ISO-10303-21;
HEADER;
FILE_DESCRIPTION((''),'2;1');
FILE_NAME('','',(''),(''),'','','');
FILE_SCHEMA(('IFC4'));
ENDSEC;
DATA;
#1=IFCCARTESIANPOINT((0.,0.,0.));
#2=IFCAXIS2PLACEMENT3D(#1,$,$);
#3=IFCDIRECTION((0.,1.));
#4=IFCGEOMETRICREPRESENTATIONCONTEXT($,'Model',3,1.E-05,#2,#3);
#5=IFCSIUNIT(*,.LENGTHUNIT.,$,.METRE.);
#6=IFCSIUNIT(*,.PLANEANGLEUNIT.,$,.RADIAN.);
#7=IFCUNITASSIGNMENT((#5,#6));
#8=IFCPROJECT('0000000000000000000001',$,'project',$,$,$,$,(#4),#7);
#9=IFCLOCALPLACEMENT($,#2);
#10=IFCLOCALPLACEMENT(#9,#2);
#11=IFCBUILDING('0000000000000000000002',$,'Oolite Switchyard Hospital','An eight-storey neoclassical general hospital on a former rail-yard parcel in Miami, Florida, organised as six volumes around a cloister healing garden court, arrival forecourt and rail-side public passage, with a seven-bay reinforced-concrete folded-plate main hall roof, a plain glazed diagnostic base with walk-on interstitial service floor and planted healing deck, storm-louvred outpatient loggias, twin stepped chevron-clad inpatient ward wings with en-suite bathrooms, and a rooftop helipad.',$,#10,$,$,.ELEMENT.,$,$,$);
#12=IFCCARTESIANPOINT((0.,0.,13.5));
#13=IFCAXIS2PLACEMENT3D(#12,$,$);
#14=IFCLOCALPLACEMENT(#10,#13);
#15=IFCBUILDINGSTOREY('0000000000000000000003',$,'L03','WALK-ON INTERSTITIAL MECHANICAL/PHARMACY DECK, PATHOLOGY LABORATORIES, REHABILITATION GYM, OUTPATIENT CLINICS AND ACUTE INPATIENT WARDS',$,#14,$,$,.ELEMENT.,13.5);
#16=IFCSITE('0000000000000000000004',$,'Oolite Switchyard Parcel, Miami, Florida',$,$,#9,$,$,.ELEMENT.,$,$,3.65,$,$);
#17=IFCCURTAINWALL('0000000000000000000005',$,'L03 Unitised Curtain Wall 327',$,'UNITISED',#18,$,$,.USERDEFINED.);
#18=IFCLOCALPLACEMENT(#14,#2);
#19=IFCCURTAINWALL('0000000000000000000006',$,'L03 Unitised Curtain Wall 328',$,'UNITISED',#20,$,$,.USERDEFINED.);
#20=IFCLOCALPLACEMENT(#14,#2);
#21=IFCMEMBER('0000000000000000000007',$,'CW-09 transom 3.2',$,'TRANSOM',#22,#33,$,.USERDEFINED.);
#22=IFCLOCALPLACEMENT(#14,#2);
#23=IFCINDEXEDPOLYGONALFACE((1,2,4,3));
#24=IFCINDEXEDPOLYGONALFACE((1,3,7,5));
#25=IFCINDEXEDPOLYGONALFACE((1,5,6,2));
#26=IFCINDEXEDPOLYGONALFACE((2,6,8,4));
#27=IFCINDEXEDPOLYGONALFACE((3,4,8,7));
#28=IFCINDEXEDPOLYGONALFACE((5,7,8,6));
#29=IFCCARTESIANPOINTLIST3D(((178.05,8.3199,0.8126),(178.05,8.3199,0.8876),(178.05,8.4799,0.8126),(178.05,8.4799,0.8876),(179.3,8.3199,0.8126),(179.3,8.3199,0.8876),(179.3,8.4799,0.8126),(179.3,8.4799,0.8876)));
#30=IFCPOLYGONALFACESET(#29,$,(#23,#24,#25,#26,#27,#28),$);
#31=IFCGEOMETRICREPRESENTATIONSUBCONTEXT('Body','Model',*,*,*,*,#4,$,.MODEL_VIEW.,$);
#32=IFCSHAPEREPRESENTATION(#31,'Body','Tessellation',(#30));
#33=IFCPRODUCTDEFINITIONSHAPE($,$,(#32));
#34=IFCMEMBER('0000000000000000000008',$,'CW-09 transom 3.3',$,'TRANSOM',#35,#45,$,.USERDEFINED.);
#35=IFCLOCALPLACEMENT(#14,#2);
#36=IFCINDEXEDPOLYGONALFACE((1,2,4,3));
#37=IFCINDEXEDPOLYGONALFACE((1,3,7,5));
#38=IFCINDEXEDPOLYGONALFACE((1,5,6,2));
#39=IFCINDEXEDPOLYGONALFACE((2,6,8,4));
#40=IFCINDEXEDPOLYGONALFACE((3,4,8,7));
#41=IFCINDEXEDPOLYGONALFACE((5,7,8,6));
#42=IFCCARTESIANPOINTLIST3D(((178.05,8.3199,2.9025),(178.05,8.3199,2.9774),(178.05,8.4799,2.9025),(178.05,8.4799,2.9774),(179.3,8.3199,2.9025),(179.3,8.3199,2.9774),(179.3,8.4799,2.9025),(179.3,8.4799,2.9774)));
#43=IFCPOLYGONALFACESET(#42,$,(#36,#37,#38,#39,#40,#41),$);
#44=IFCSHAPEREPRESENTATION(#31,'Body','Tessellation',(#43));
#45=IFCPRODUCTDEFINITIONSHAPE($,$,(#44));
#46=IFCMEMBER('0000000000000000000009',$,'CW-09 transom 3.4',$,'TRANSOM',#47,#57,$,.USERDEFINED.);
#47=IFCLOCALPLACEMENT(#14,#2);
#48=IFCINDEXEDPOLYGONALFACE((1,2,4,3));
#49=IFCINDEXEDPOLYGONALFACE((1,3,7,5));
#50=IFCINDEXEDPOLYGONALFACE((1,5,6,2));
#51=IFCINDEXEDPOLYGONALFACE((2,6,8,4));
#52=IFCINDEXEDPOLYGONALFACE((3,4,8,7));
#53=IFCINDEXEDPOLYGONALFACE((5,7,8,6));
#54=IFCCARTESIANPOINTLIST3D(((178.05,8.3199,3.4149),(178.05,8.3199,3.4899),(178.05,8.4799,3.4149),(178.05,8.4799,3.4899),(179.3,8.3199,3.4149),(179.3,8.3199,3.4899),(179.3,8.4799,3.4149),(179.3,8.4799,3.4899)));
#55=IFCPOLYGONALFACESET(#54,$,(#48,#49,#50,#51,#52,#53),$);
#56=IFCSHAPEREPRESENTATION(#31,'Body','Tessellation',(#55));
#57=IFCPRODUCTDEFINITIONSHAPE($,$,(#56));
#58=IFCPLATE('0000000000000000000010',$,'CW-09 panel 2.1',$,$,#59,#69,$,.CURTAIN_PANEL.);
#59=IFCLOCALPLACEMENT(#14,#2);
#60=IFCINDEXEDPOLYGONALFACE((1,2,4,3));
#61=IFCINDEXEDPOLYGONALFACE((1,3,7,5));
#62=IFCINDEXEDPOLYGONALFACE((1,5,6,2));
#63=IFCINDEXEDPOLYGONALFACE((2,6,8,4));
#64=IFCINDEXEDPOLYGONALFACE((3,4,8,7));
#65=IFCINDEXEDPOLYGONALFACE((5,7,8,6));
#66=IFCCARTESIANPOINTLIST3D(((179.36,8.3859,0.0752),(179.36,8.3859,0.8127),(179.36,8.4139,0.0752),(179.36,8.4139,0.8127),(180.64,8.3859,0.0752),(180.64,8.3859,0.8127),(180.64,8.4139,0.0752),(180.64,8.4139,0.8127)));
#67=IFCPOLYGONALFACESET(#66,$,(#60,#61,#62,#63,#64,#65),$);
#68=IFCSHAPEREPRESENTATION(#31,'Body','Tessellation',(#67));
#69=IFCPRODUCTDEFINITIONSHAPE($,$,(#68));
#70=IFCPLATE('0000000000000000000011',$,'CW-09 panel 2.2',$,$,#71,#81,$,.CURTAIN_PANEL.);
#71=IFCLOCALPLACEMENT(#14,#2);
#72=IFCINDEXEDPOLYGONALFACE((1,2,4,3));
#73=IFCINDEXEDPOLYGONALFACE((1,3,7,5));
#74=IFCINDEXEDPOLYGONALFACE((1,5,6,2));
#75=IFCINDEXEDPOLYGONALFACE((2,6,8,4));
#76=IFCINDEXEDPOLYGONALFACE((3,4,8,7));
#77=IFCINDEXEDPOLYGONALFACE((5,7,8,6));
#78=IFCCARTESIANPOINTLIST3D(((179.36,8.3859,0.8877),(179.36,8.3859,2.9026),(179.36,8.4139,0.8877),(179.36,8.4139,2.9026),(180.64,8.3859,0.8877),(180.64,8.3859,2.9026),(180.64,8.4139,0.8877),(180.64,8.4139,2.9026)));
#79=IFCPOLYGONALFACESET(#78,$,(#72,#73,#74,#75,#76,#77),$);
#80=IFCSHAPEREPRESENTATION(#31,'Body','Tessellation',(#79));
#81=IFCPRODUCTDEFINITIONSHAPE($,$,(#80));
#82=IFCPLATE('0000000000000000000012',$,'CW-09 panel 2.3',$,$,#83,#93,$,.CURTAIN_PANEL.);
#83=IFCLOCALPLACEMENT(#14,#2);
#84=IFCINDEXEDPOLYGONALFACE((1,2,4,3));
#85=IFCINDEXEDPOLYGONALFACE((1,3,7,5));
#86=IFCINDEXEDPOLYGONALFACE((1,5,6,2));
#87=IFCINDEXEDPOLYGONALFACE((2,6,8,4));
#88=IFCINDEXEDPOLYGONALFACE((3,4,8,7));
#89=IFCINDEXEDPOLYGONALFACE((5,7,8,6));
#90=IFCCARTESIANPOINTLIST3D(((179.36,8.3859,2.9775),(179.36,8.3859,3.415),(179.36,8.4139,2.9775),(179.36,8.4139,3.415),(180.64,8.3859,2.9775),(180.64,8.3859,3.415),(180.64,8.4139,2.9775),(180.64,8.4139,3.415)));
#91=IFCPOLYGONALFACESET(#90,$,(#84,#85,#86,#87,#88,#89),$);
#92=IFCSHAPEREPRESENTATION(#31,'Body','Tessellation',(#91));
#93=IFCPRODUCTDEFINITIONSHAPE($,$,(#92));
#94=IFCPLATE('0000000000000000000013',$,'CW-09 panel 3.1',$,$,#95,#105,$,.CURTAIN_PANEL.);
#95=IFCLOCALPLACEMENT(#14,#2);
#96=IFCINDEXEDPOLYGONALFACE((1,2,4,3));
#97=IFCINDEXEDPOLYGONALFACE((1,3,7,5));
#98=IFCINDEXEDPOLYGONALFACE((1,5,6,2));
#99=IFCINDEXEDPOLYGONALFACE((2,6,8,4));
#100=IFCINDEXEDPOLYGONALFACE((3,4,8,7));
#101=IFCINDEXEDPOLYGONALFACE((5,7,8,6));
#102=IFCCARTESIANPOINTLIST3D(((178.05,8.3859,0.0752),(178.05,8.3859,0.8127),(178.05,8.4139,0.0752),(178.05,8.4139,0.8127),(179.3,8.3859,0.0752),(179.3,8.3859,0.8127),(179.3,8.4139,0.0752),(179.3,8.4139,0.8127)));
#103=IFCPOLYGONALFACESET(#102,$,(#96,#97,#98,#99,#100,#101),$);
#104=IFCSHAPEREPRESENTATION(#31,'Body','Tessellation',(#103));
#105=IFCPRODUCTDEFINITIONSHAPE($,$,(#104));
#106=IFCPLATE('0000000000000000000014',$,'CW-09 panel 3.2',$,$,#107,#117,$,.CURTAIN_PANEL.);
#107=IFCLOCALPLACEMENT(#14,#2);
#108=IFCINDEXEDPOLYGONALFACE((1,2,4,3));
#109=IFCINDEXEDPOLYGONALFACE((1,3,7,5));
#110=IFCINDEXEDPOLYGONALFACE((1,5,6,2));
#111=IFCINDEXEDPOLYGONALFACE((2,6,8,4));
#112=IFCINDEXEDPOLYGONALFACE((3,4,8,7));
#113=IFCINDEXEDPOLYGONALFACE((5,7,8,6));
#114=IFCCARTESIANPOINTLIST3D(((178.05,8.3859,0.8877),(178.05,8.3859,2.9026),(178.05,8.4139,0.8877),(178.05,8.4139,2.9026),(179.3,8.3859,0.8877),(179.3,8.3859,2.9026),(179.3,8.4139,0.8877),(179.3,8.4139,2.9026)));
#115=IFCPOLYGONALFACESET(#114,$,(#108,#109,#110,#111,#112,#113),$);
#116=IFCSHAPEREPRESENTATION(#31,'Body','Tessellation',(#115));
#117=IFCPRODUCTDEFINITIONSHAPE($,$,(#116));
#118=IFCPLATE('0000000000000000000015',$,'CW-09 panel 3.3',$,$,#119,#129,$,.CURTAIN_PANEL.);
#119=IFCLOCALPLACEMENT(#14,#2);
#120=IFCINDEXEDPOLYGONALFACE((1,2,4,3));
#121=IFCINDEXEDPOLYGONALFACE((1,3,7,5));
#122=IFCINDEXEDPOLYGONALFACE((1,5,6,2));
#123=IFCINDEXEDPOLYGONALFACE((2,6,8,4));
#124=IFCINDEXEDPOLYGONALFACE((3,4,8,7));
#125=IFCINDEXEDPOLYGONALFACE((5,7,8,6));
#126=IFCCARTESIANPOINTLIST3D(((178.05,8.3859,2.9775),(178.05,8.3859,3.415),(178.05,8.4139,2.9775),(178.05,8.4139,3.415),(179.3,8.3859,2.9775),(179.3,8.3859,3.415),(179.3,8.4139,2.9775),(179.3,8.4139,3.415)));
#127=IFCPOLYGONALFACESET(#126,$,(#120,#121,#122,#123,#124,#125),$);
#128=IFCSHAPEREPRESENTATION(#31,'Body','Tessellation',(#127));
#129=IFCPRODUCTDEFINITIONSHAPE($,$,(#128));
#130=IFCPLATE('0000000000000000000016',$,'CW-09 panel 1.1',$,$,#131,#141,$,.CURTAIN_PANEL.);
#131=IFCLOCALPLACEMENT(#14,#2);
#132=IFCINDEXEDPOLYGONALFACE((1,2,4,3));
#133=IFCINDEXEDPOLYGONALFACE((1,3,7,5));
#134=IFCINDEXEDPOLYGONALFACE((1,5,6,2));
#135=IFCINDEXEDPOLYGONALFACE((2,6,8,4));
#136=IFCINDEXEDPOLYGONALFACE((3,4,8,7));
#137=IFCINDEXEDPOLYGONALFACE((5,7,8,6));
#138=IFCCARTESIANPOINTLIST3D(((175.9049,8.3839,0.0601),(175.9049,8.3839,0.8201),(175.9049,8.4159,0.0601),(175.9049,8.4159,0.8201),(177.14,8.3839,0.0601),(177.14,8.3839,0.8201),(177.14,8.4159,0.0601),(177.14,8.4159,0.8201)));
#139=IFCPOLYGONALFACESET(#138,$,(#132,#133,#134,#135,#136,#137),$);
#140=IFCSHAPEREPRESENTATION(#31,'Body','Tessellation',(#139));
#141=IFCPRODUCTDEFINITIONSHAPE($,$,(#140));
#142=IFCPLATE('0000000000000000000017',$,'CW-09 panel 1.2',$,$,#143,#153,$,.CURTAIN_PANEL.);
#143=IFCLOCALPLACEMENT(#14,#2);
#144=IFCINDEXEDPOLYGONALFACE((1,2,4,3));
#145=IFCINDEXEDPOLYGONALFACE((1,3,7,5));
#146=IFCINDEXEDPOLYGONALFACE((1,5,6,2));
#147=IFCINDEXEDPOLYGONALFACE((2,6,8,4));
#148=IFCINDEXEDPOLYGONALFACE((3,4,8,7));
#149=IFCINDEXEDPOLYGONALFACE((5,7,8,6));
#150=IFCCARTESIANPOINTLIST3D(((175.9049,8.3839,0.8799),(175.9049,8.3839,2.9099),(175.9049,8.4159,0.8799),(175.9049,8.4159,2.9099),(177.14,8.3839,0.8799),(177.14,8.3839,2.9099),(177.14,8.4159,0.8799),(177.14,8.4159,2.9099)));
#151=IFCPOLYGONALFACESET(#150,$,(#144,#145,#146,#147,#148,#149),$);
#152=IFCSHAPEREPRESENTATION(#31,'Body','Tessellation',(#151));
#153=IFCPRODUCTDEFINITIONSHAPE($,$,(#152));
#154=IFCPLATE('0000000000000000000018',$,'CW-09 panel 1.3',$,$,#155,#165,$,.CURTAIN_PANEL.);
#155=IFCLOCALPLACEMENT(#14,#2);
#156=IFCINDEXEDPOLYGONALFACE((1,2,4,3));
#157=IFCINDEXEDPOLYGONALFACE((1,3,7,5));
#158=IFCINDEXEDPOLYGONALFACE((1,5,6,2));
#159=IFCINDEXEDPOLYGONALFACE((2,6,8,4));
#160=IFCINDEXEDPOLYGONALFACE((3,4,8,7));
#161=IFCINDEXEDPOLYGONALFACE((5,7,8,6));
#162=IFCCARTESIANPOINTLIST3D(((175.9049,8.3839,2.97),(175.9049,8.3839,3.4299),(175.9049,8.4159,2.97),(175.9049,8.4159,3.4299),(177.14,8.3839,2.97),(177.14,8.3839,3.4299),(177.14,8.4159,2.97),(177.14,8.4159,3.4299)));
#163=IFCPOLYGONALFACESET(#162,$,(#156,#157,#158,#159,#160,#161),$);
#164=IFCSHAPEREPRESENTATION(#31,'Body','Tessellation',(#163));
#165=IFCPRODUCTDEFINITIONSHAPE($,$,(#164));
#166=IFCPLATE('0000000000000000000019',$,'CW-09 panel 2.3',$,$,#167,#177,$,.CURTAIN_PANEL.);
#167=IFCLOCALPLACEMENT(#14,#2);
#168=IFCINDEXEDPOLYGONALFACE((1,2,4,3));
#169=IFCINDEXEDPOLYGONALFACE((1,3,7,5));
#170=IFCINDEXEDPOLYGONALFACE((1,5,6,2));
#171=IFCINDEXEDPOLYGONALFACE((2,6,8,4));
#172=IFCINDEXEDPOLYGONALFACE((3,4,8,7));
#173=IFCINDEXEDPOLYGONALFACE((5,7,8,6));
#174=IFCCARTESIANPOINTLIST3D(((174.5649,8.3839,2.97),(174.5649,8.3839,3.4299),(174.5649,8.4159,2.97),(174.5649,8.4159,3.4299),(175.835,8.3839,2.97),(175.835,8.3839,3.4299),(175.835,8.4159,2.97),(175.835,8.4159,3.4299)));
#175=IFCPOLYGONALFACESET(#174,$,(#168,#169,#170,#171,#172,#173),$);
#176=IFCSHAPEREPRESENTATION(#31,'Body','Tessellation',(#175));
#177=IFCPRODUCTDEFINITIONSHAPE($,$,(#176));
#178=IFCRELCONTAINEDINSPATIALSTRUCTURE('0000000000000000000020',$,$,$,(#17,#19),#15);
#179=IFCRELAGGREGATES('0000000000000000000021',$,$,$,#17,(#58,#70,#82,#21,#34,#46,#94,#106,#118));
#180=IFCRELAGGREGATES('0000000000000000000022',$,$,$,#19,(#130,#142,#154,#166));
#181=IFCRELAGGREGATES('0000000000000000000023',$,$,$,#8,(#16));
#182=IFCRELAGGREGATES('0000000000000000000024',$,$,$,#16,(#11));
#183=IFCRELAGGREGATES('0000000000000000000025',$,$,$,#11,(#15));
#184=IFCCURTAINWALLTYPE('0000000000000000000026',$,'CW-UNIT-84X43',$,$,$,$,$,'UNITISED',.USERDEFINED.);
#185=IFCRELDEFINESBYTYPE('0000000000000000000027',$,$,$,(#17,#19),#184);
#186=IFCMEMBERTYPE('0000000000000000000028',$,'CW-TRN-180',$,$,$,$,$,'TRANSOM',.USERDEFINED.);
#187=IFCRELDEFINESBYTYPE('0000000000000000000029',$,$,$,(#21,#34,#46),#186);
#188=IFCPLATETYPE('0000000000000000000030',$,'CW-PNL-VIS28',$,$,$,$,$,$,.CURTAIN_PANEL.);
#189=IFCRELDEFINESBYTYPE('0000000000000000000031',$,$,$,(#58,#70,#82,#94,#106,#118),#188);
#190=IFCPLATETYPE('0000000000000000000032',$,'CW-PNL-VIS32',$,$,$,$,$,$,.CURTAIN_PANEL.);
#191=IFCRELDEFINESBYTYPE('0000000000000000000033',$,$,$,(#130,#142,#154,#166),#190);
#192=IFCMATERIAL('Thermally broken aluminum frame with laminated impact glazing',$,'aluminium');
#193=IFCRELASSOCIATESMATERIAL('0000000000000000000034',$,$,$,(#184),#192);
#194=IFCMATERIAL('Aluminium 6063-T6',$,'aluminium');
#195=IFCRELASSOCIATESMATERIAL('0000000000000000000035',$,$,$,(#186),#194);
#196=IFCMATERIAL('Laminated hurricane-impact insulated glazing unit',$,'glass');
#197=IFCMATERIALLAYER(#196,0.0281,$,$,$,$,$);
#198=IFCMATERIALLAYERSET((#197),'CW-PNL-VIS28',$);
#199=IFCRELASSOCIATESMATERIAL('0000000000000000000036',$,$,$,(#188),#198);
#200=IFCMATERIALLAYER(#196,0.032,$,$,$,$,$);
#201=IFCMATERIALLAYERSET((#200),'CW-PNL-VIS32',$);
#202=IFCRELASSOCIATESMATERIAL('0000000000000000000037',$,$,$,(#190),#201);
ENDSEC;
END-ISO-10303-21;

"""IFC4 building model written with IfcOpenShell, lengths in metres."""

from ifc_helpers import new_model, si_unit, direction, frame, origin, origin_2d, place, context, subcontext, project, spatial, rectangle, extrude, material, layer, layer_set, material_profile, profile_set, type_object, element, aggregate, save


model = new_model("IFC4")

# Units and contexts
model_context = context("Model", 3, precision=1e-05, world=origin(), true_north=direction((0.0, 1.0)))
body_context = subcontext(model_context, "Body", "Model", "MODEL_VIEW")
ifc_project = project(units=[si_unit("LENGTHUNIT", "METRE"), si_unit("PLANEANGLEUNIT", "RADIAN")], contexts=[model_context])

# Site, building, storey
site_placement = place(None, origin())
site = spatial("IfcSite", under=ifc_project, at=site_placement, Name="Oolite Switchyard Parcel, Miami, Florida", CompositionType="ELEMENT", RefElevation=3.65)
building_placement = place(site_placement, origin())
building = spatial("IfcBuilding", under=site, at=building_placement, Name="Oolite Switchyard Hospital", Description="An eight-storey neoclassical general hospital on a former rail-yard parcel in Miami, Florida, organised as six volumes around a cloister healing garden court, arrival forecourt and rail-side public passage, with a seven-bay reinforced-concrete folded-plate main hall roof, a plain glazed diagnostic base with walk-on interstitial service floor and planted healing deck, storm-louvred outpatient loggias, twin stepped chevron-clad inpatient ward wings with en-suite bathrooms, and a rooftop helipad.", CompositionType="ELEMENT")
storey_placement = place(building_placement, frame((0.0, 0.0, 13.5)))
storey = spatial("IfcBuildingStorey", under=building, at=storey_placement, Name="L03", Description="WALK-ON INTERSTITIAL MECHANICAL/PHARMACY DECK, PATHOLOGY LABORATORIES, REHABILITATION GYM, OUTPATIENT CLINICS AND ACUTE INPATIENT WARDS", CompositionType="ELEMENT", Elevation=13.5)

# Curtain walls
ifc_material_1 = material(Name="Thermally broken aluminum frame with laminated impact glazing", Category="aluminium")
curtain_wall_type = type_object("IfcCurtainWallType", Name="CW-UNIT-84X43", ElementType="UNITISED", PredefinedType="USERDEFINED", material=ifc_material_1)
curtain_wall_1_placement = place(storey_placement, origin())
curtain_wall_1 = element("IfcCurtainWall", 1, at=curtain_wall_1_placement, inside=storey, type_object=curtain_wall_type, Name="L03 Unitised Curtain Wall 327", ObjectType="UNITISED", PredefinedType="USERDEFINED")
ifc_material_2 = material(Name="Aluminium 6063-T6", Category="aluminium")
curtain_wall_2_placement = place(storey_placement, origin())
curtain_wall_2 = element("IfcCurtainWall", 2, at=curtain_wall_2_placement, inside=storey, type_object=curtain_wall_type, Name="L03 Unitised Curtain Wall 328", ObjectType="UNITISED", PredefinedType="USERDEFINED")

# Members
ifc_material_profile_1 = material_profile(ifc_material_2, rectangle(XDim=0.1599, YDim=0.075, at=origin_2d()), Name="CWT75X160")
ifc_profile_set_1 = profile_set([ifc_material_profile_1], Name="Aluminium 6063-T6")
member_type_1 = type_object("IfcMemberType", Name="CW-TRN-180", ElementType="TRANSOM", PredefinedType="USERDEFINED", material=ifc_profile_set_1)
member_1_placement = place(storey_placement, frame((179.3, 8.3999, 0.8501), z_axis=(-1.0, 0.0, 0.0), x_axis=(0.0, -1.0, 0.0)))
member_1 = element("IfcMember", 3, at=member_1_placement, type_object=member_type_1, Name="CW-09 transom 3.2", ObjectType="TRANSOM", PredefinedType="USERDEFINED", context=body_context, shape_type="SweptSolid", body=[
    extrude(rectangle(XDim=0.1599, YDim=0.075, at=origin_2d()), origin(), (0.0, 0.0, 1.0), 1.25),
])
member_2_placement = place(storey_placement, frame((179.3, 8.3999, 2.9399), z_axis=(-1.0, 0.0, 0.0), x_axis=(0.0, -1.0, 0.0)))
member_2 = element("IfcMember", 4, at=member_2_placement, type_object=member_type_1, Name="CW-09 transom 3.3", ObjectType="TRANSOM", PredefinedType="USERDEFINED", context=body_context, shape_type="SweptSolid", body=[
    extrude(rectangle(XDim=0.1599, YDim=0.075, at=origin_2d()), origin(), (0.0, 0.0, 1.0), 1.25),
])
member_3_placement = place(storey_placement, frame((179.3, 8.3999, 3.4524), z_axis=(-1.0, 0.0, 0.0), x_axis=(0.0, -1.0, 0.0)))
member_3 = element("IfcMember", 5, at=member_3_placement, type_object=member_type_1, Name="CW-09 transom 3.4", ObjectType="TRANSOM", PredefinedType="USERDEFINED", context=body_context, shape_type="SweptSolid", body=[
    extrude(rectangle(XDim=0.1599, YDim=0.075, at=origin_2d()), origin(), (0.0, 0.0, 1.0), 1.25),
])

# Plates
ifc_material_3 = material(Name="Laminated hurricane-impact insulated glazing unit", Category="glass")
ifc_layer_1 = layer(ifc_material_3, 0.0281)
ifc_layer_set_1 = layer_set([ifc_layer_1], Name="CW-PNL-VIS28")
plate_type_1 = type_object("IfcPlateType", Name="CW-PNL-VIS28", PredefinedType="CURTAIN_PANEL", material=ifc_layer_set_1)
plate_1_placement = place(storey_placement, frame((180.0, 8.3999, 0.0752), z_axis=(0.0, 0.0, 1.0), x_axis=(-1.0, 0.0, 0.0)))
plate_1 = element("IfcPlate", 6, at=plate_1_placement, type_object=plate_type_1, Name="CW-09 panel 2.1", PredefinedType="CURTAIN_PANEL", context=body_context, shape_type="SweptSolid", body=[
    extrude(rectangle(XDim=1.28, YDim=0.0281, at=origin_2d()), origin(), (0.0, 0.0, 1.0), 0.7375),
])
plate_2_placement = place(storey_placement, frame((180.0, 8.3999, 0.8877), z_axis=(0.0, 0.0, 1.0), x_axis=(-1.0, 0.0, 0.0)))
plate_2 = element("IfcPlate", 7, at=plate_2_placement, type_object=plate_type_1, Name="CW-09 panel 2.2", PredefinedType="CURTAIN_PANEL", context=body_context, shape_type="SweptSolid", body=[
    extrude(rectangle(XDim=1.28, YDim=0.0281, at=origin_2d()), origin(), (0.0, 0.0, 1.0), 2.0149),
])
plate_3_placement = place(storey_placement, frame((180.0, 8.3999, 2.9775), z_axis=(0.0, 0.0, 1.0), x_axis=(-1.0, 0.0, 0.0)))
plate_3 = element("IfcPlate", 8, at=plate_3_placement, type_object=plate_type_1, Name="CW-09 panel 2.3", PredefinedType="CURTAIN_PANEL", context=body_context, shape_type="SweptSolid", body=[
    extrude(rectangle(XDim=1.28, YDim=0.0281, at=origin_2d()), origin(), (0.0, 0.0, 1.0), 0.4375),
])
plate_4_placement = place(storey_placement, frame((178.675, 8.3999, 0.0752), z_axis=(0.0, 0.0, 1.0), x_axis=(-1.0, 0.0, 0.0)))
plate_4 = element("IfcPlate", 9, at=plate_4_placement, type_object=plate_type_1, Name="CW-09 panel 3.1", PredefinedType="CURTAIN_PANEL", context=body_context, shape_type="SweptSolid", body=[
    extrude(rectangle(XDim=1.25, YDim=0.0281, at=origin_2d()), origin(), (0.0, 0.0, 1.0), 0.7375),
])
plate_5_placement = place(storey_placement, frame((178.675, 8.3999, 0.8877), z_axis=(0.0, 0.0, 1.0), x_axis=(-1.0, 0.0, 0.0)))
plate_5 = element("IfcPlate", 10, at=plate_5_placement, type_object=plate_type_1, Name="CW-09 panel 3.2", PredefinedType="CURTAIN_PANEL", context=body_context, shape_type="SweptSolid", body=[
    extrude(rectangle(XDim=1.25, YDim=0.0281, at=origin_2d()), origin(), (0.0, 0.0, 1.0), 2.0149),
])
plate_6_placement = place(storey_placement, frame((178.675, 8.3999, 2.9775), z_axis=(0.0, 0.0, 1.0), x_axis=(-1.0, 0.0, 0.0)))
plate_6 = element("IfcPlate", 11, at=plate_6_placement, type_object=plate_type_1, Name="CW-09 panel 3.3", PredefinedType="CURTAIN_PANEL", context=body_context, shape_type="SweptSolid", body=[
    extrude(rectangle(XDim=1.25, YDim=0.0281, at=origin_2d()), origin(), (0.0, 0.0, 1.0), 0.4375),
])
aggregate(curtain_wall_1, [plate_1, plate_2, plate_3, member_1, member_2, member_3, plate_4, plate_5, plate_6])
ifc_layer_2 = layer(ifc_material_3, 0.032)
ifc_layer_set_2 = layer_set([ifc_layer_2], Name="CW-PNL-VIS32")
plate_type_2 = type_object("IfcPlateType", Name="CW-PNL-VIS32", PredefinedType="CURTAIN_PANEL", material=ifc_layer_set_2)
plate_7_placement = place(storey_placement, frame((176.5225, 8.3999, 0.0601), z_axis=(0.0, 0.0, 1.0), x_axis=(-1.0, 0.0, 0.0)))
plate_7 = element("IfcPlate", 12, at=plate_7_placement, type_object=plate_type_2, Name="CW-09 panel 1.1", PredefinedType="CURTAIN_PANEL", context=body_context, shape_type="SweptSolid", body=[
    extrude(rectangle(XDim=1.2351, YDim=0.032, at=origin_2d()), origin(), (0.0, 0.0, 1.0), 0.76),
])
plate_8_placement = place(storey_placement, frame((176.5225, 8.3999, 0.8799), z_axis=(0.0, 0.0, 1.0), x_axis=(-1.0, 0.0, 0.0)))
plate_8 = element("IfcPlate", 13, at=plate_8_placement, type_object=plate_type_2, Name="CW-09 panel 1.2", PredefinedType="CURTAIN_PANEL", context=body_context, shape_type="SweptSolid", body=[
    extrude(rectangle(XDim=1.2351, YDim=0.032, at=origin_2d()), origin(), (0.0, 0.0, 1.0), 2.03),
])
plate_9_placement = place(storey_placement, frame((176.5225, 8.3999, 2.97), z_axis=(0.0, 0.0, 1.0), x_axis=(-1.0, 0.0, 0.0)))
plate_9 = element("IfcPlate", 14, at=plate_9_placement, type_object=plate_type_2, Name="CW-09 panel 1.3", PredefinedType="CURTAIN_PANEL", context=body_context, shape_type="SweptSolid", body=[
    extrude(rectangle(XDim=1.2351, YDim=0.032, at=origin_2d()), origin(), (0.0, 0.0, 1.0), 0.46),
])
plate_10_placement = place(storey_placement, frame((175.2, 8.3999, 2.97), z_axis=(0.0, 0.0, 1.0), x_axis=(-1.0, 0.0, 0.0)))
plate_10 = element("IfcPlate", 15, at=plate_10_placement, type_object=plate_type_2, Name="CW-09 panel 2.3", PredefinedType="CURTAIN_PANEL", context=body_context, shape_type="SweptSolid", body=[
    extrude(rectangle(XDim=1.27, YDim=0.032, at=origin_2d()), origin(), (0.0, 0.0, 1.0), 0.46),
])
aggregate(curtain_wall_2, [plate_7, plate_8, plate_9, plate_10])

save(model, "model.ifc")
